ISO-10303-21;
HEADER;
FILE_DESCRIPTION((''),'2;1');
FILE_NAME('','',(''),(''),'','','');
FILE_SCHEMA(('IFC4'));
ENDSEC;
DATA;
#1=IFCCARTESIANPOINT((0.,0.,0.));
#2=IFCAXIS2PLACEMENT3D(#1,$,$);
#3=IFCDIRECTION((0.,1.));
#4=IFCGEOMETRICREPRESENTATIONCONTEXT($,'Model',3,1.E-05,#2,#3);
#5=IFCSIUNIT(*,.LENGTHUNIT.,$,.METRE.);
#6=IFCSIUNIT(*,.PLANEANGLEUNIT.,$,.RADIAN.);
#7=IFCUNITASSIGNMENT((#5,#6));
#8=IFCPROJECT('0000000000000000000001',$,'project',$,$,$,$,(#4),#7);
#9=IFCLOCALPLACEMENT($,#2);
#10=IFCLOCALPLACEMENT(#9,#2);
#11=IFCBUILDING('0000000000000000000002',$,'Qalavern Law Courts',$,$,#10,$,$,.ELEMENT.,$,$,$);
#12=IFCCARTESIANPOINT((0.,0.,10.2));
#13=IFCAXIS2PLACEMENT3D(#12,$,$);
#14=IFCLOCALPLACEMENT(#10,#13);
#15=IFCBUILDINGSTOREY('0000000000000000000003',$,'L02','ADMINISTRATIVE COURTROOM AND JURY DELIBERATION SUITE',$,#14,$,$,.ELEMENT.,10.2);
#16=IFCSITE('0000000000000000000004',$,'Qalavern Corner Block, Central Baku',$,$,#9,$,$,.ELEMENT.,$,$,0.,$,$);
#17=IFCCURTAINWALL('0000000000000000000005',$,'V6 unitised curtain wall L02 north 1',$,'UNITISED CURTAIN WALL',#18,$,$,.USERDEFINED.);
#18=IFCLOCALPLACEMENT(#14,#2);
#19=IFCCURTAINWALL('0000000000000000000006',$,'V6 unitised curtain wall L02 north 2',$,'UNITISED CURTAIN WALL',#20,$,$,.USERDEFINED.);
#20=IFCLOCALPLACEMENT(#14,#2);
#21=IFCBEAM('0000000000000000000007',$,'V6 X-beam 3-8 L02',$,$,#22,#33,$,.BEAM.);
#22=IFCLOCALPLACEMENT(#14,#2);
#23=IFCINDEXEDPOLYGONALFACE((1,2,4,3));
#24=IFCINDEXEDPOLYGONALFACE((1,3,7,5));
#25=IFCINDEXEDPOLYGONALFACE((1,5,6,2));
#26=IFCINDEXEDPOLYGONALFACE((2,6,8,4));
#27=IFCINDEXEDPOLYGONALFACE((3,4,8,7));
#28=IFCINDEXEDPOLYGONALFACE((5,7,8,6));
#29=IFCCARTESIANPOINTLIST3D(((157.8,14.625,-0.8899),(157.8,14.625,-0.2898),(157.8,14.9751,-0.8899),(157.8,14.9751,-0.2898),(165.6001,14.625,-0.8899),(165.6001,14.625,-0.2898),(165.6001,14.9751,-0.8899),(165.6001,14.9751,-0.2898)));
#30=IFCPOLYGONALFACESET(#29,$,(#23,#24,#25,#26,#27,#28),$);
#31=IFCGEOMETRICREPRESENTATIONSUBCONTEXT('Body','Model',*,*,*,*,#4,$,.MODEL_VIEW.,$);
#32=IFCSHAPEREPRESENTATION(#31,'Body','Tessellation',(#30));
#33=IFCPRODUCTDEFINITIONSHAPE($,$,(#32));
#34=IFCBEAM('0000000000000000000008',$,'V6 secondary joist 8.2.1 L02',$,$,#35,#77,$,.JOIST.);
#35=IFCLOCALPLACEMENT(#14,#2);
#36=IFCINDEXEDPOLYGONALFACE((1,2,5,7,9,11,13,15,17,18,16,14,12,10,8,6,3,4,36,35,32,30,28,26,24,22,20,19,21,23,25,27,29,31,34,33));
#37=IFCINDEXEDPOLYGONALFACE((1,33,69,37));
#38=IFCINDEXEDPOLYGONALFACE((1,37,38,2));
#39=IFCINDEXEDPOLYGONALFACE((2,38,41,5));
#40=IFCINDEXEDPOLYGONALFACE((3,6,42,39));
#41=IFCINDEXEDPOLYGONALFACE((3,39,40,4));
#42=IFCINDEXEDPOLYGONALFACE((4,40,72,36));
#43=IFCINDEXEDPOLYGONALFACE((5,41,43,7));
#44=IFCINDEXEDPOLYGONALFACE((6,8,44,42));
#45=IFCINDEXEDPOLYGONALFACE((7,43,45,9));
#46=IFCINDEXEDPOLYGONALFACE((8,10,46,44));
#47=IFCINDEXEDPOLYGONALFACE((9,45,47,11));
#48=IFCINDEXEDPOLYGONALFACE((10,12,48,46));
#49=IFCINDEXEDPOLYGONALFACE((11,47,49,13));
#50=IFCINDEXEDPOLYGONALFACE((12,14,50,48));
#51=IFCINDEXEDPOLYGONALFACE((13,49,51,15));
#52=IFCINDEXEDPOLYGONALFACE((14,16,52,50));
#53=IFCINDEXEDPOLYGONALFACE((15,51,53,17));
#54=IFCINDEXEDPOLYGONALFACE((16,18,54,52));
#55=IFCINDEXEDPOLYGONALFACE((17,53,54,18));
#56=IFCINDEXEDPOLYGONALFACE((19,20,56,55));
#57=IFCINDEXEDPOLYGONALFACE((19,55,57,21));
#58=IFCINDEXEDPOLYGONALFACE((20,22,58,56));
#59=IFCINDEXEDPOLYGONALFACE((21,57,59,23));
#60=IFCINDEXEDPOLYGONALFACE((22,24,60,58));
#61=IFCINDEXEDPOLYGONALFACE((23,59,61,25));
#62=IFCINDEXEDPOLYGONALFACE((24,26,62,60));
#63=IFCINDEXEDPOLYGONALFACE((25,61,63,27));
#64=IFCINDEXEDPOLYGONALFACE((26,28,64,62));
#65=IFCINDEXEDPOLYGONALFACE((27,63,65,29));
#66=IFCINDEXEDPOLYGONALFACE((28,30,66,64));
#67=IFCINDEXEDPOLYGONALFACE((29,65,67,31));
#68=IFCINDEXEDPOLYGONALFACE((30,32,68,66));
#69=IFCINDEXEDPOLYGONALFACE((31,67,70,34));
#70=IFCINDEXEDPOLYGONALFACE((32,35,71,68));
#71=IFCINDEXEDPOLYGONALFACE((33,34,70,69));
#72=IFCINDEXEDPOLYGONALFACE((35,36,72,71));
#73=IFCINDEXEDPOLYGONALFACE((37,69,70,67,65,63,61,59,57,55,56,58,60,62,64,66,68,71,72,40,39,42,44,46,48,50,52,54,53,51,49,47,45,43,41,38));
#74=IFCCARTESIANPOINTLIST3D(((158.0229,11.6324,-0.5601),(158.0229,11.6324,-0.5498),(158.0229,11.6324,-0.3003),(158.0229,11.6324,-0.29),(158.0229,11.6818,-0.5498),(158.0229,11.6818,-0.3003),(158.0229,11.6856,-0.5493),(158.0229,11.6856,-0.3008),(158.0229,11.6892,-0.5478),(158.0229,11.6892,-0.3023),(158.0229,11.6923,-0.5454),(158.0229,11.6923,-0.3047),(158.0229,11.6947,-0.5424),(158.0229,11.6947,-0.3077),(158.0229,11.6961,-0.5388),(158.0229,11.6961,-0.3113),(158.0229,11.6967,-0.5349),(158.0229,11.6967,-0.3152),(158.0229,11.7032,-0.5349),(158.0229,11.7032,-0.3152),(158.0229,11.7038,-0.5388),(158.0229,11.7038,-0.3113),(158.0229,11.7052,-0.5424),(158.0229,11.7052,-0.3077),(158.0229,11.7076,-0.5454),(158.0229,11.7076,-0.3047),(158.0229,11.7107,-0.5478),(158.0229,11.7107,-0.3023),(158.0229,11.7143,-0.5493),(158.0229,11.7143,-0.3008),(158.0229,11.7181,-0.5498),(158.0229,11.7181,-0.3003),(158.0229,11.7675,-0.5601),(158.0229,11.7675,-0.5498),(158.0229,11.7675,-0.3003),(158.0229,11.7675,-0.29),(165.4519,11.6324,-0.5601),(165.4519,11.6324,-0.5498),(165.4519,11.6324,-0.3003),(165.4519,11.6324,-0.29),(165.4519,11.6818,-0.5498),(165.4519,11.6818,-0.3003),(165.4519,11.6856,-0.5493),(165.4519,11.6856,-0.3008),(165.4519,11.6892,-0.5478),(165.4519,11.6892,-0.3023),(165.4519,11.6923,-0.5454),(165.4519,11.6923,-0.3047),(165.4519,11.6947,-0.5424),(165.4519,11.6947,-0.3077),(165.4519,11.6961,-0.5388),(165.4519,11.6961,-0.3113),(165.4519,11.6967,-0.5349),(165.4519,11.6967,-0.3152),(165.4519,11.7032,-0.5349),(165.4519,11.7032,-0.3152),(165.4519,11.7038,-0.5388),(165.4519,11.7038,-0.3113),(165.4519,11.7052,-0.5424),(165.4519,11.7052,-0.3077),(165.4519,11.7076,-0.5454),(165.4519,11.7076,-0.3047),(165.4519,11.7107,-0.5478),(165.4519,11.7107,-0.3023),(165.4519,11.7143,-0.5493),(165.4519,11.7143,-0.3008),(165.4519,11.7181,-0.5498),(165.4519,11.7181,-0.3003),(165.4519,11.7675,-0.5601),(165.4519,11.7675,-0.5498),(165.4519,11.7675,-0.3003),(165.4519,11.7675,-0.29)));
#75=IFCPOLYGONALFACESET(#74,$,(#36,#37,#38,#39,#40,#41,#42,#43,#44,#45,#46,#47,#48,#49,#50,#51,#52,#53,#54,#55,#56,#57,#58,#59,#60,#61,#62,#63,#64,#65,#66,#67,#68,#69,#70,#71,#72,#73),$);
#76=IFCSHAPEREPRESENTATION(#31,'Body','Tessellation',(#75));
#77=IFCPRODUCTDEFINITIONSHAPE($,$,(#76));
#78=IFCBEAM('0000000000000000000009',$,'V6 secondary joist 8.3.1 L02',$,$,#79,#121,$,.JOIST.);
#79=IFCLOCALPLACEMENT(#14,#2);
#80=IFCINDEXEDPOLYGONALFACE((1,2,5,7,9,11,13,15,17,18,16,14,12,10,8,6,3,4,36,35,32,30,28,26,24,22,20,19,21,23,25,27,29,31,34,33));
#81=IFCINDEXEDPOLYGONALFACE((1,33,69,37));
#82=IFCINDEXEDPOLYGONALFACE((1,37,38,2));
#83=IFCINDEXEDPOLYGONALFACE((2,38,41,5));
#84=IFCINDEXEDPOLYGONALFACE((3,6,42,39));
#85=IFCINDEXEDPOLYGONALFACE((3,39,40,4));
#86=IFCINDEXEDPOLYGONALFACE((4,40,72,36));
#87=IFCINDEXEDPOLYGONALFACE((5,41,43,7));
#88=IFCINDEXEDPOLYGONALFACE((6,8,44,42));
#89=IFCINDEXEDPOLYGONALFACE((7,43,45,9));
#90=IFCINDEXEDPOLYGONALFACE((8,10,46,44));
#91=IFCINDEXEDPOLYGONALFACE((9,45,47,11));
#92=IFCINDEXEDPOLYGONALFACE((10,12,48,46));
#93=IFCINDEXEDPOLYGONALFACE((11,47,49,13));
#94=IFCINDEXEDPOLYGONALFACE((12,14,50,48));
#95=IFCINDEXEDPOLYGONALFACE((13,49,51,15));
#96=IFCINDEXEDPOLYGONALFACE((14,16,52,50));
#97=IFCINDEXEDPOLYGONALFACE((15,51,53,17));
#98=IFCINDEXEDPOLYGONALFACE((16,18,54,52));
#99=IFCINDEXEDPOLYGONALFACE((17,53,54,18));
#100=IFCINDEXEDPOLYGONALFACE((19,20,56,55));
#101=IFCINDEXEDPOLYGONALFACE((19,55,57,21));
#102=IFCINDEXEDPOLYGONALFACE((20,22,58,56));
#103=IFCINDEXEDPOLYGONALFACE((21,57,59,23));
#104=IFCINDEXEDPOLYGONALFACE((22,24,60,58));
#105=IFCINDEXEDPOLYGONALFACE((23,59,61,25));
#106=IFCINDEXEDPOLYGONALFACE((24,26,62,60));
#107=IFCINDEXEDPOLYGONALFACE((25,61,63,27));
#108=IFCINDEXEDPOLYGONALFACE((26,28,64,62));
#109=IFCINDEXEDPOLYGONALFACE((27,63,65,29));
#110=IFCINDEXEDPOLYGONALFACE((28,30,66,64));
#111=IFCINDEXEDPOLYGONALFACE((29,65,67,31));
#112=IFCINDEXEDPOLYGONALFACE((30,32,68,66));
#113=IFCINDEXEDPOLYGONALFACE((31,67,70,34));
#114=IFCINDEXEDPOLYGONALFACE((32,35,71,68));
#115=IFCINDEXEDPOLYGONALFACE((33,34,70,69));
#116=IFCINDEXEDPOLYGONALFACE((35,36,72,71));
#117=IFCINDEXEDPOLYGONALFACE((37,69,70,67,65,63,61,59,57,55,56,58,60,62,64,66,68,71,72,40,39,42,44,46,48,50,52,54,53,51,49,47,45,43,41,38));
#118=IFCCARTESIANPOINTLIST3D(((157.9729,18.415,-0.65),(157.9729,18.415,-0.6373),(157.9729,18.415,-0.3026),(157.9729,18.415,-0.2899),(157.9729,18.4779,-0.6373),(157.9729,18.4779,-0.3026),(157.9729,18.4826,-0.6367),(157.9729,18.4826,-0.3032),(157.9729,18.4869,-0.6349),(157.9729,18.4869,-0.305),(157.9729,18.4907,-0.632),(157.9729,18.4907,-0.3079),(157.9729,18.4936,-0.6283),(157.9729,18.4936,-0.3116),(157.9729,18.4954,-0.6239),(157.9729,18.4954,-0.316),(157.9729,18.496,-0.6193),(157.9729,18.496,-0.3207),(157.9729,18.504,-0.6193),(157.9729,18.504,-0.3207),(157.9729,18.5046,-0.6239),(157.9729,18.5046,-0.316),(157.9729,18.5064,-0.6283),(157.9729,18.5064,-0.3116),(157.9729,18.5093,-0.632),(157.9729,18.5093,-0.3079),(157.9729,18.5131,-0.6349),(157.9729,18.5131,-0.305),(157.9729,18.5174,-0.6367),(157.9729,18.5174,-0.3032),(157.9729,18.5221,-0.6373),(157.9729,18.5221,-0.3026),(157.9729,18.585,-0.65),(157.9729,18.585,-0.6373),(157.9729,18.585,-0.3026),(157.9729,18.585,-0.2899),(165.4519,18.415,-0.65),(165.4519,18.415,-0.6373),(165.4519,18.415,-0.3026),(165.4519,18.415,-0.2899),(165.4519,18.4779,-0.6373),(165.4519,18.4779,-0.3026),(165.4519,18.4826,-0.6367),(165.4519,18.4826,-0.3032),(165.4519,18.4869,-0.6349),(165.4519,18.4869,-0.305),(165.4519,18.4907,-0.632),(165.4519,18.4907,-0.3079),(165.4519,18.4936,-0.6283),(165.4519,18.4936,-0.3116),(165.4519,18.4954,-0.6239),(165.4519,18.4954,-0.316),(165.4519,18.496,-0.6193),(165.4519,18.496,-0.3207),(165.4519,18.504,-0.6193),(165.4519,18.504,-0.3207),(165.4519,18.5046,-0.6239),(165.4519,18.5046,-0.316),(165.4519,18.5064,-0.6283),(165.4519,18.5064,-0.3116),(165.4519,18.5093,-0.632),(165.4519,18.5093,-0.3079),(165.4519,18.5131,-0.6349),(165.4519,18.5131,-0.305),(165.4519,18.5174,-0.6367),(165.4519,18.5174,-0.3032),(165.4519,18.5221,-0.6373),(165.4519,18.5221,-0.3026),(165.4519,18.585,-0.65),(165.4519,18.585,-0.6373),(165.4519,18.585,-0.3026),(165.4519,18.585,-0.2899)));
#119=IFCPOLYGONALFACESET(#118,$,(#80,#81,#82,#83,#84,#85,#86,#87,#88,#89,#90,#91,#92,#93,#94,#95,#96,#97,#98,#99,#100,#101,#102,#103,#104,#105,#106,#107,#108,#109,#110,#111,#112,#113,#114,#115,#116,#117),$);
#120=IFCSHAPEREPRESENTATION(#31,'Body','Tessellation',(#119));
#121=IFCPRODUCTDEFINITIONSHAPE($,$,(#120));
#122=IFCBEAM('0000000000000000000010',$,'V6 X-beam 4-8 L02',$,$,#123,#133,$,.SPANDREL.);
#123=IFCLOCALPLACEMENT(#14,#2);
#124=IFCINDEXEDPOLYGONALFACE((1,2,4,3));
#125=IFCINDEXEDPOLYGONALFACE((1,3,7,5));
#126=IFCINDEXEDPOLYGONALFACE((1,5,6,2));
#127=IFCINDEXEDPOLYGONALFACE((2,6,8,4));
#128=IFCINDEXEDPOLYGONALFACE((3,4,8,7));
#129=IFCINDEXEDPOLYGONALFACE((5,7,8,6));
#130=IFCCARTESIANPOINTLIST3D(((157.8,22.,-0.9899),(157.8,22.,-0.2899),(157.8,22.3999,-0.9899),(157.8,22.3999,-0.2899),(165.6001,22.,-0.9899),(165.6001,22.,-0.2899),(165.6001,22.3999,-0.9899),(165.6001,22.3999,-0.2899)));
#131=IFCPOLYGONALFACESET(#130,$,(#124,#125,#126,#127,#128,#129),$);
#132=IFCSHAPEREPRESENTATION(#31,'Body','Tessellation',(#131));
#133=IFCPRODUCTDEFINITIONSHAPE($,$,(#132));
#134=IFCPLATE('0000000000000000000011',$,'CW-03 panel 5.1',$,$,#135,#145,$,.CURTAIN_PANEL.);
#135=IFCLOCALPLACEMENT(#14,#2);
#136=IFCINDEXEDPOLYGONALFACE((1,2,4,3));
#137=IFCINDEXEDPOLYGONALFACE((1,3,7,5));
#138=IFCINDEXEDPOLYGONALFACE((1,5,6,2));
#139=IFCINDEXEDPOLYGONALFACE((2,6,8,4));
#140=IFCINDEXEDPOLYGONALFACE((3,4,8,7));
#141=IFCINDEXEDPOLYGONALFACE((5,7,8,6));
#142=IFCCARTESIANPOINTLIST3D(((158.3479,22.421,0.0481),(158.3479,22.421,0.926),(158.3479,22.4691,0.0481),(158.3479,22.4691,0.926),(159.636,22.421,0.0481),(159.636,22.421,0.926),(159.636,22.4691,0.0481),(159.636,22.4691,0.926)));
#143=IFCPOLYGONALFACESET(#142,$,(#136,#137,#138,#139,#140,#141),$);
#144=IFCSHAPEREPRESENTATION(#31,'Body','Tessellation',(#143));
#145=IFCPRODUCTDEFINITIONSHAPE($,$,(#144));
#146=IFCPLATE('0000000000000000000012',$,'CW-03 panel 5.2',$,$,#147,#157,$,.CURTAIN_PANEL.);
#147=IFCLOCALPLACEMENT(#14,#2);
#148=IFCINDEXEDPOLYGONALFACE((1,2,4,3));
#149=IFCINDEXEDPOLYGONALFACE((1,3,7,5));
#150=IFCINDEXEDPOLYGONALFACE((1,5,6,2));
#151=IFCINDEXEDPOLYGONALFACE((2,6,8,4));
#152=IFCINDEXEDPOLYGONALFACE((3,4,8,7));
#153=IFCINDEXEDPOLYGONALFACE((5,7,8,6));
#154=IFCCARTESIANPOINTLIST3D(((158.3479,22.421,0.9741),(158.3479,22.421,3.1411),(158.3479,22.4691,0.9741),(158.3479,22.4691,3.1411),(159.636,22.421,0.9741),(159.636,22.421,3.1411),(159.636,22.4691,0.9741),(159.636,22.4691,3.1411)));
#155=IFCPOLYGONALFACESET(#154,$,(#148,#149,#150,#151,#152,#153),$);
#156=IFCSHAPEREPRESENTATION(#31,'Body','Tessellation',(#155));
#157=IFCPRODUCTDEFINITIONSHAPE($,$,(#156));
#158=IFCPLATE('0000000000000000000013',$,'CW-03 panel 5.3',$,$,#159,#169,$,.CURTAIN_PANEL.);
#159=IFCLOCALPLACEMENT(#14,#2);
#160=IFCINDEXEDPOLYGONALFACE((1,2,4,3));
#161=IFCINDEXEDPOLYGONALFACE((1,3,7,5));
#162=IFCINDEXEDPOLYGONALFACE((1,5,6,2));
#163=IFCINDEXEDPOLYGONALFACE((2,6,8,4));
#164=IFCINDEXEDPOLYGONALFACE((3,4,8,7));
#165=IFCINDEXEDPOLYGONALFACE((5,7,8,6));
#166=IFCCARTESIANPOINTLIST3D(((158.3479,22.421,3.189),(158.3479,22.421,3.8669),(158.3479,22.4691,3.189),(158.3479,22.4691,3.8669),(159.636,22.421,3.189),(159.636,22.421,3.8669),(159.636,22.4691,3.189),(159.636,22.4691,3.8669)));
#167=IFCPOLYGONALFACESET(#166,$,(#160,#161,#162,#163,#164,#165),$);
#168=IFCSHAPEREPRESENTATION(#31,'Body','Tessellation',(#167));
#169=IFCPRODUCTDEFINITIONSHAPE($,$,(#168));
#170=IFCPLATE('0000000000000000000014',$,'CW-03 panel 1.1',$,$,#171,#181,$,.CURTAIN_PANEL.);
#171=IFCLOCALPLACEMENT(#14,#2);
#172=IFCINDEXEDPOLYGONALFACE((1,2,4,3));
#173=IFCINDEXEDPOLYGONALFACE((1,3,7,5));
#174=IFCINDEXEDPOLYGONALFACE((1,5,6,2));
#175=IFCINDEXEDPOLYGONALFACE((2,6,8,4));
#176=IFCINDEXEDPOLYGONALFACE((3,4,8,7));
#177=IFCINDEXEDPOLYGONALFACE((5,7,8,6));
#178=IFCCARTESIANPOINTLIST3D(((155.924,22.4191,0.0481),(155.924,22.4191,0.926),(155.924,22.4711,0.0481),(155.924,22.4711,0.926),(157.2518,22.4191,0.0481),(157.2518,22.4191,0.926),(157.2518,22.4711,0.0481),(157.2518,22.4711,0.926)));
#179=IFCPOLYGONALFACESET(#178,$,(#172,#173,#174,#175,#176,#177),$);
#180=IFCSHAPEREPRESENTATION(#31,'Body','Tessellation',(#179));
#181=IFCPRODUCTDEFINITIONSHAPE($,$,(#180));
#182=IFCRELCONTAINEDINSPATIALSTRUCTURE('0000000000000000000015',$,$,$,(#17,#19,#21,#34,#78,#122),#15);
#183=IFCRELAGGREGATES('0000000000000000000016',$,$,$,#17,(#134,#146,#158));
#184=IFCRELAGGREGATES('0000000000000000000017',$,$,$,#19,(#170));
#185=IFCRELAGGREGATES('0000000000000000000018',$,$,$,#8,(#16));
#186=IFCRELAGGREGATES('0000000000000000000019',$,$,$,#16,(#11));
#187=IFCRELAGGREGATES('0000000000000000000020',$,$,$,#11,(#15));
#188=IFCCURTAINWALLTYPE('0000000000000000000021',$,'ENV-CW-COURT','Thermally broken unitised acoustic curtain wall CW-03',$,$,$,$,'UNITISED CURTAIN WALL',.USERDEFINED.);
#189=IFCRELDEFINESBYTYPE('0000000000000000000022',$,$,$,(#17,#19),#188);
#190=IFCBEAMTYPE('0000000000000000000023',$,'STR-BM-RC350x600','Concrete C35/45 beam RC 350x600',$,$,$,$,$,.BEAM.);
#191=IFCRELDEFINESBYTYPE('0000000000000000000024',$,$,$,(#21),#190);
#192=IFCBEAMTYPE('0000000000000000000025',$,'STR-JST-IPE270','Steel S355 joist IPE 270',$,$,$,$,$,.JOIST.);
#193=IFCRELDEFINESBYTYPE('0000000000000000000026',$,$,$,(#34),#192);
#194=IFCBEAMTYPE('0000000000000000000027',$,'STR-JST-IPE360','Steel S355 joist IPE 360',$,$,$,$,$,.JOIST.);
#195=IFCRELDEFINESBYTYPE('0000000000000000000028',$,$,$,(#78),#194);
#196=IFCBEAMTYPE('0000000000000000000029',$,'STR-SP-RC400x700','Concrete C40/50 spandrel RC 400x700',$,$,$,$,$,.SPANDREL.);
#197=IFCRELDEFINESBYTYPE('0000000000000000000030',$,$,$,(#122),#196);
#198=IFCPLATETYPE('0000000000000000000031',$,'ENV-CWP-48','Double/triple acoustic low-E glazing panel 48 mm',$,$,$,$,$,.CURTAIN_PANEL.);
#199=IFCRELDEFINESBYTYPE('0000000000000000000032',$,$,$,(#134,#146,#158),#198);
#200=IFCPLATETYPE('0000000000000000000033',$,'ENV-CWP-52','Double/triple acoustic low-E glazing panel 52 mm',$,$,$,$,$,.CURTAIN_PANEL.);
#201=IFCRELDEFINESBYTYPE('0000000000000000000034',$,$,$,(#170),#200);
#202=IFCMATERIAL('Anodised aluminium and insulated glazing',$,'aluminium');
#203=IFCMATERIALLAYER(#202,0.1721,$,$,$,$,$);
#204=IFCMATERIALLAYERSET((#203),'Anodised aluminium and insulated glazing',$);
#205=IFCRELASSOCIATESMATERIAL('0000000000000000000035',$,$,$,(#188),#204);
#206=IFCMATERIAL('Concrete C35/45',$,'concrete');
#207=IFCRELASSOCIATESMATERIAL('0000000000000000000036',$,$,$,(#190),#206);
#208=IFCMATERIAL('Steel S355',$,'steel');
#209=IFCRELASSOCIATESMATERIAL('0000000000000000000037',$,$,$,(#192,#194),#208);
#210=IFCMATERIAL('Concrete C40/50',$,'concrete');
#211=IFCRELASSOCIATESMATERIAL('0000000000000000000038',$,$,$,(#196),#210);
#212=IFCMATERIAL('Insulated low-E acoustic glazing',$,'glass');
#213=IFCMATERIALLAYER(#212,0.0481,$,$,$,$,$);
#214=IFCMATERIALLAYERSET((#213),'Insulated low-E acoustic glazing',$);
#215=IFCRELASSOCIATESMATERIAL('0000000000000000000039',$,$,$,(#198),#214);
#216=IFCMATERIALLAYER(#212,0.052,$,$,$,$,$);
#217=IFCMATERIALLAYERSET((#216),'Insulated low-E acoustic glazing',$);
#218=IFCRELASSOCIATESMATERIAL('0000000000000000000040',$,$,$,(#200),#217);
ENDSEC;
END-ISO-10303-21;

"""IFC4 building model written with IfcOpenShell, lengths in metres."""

from ifc_helpers import new_model, si_unit, direction, frame, origin, origin_2d, place, context, subcontext, project, spatial, rectangle, i_section, extrude, material, layer, layer_set, material_profile, profile_set, type_object, element, aggregate, save


model = new_model("IFC4")

# Units and contexts
model_context = context("Model", 3, precision=1e-05, world=origin(), true_north=direction((0.0, 1.0)))
body_context = subcontext(model_context, "Body", "Model", "MODEL_VIEW")
ifc_project = project(units=[si_unit("LENGTHUNIT", "METRE"), si_unit("PLANEANGLEUNIT", "RADIAN")], contexts=[model_context])

# Site, building, storey
site_placement = place(None, origin())
site = spatial("IfcSite", under=ifc_project, at=site_placement, Name="Qalavern Corner Block, Central Baku", CompositionType="ELEMENT", RefElevation=0.0)
building_placement = place(site_placement, origin())
building = spatial("IfcBuilding", under=site, at=building_placement, Name="Qalavern Law Courts", CompositionType="ELEMENT")
storey_placement = place(building_placement, frame((0.0, 0.0, 10.2)))
storey = spatial("IfcBuildingStorey", under=building, at=storey_placement, Name="L02", Description="ADMINISTRATIVE COURTROOM AND JURY DELIBERATION SUITE", CompositionType="ELEMENT", Elevation=10.2)

# Curtain walls
ifc_material_1 = material(Name="Anodised aluminium and insulated glazing", Category="aluminium")
ifc_layer_1 = layer(ifc_material_1, 0.1721)
ifc_layer_set_1 = layer_set([ifc_layer_1], Name="Anodised aluminium and insulated glazing")
curtain_wall_type = type_object("IfcCurtainWallType", Name="ENV-CW-COURT", Description="Thermally broken unitised acoustic curtain wall CW-03", ElementType="UNITISED CURTAIN WALL", PredefinedType="USERDEFINED", material=ifc_layer_set_1)
curtain_wall_1_placement = place(storey_placement, origin())
curtain_wall_1 = element("IfcCurtainWall", 1, at=curtain_wall_1_placement, inside=storey, type_object=curtain_wall_type, Name="V6 unitised curtain wall L02 north 1", ObjectType="UNITISED CURTAIN WALL", PredefinedType="USERDEFINED")
curtain_wall_2_placement = place(storey_placement, origin())
curtain_wall_2 = element("IfcCurtainWall", 2, at=curtain_wall_2_placement, inside=storey, type_object=curtain_wall_type, Name="V6 unitised curtain wall L02 north 2", ObjectType="UNITISED CURTAIN WALL", PredefinedType="USERDEFINED")

# Beams
ifc_material_2 = material(Name="Concrete C35/45", Category="concrete")
ifc_material_profile_1 = material_profile(ifc_material_2, rectangle(XDim=0.3501, YDim=0.6001, at=origin_2d()), Name="RC 350x600")
ifc_profile_set_1 = profile_set([ifc_material_profile_1], Name="Concrete C35/45")
beam_type_1 = type_object("IfcBeamType", Name="STR-BM-RC350x600", Description="Concrete C35/45 beam RC 350x600", PredefinedType="BEAM", material=ifc_profile_set_1)
beam_1_placement = place(storey_placement, frame((157.8, 14.8, -0.5898), z_axis=(1.0, 0.0, 0.0), x_axis=(0.0, 1.0, 0.0)))
element("IfcBeam", 3, at=beam_1_placement, inside=storey, type_object=beam_type_1, Name="V6 X-beam 3-8 L02", PredefinedType="BEAM", context=body_context, shape_type="SweptSolid", body=[
    extrude(rectangle(XDim=0.3501, YDim=0.6001, at=origin_2d()), origin(), (0.0, 0.0, 1.0), 7.8),
])
ifc_material_3 = material(Name="Steel S355", Category="steel")
ifc_material_profile_2 = material_profile(ifc_material_3, i_section(OverallWidth=0.135, OverallDepth=0.27, WebThickness=0.0066, FlangeThickness=0.0103, FilletRadius=0.0149, at=origin_2d()), Name="IPE 270")
ifc_profile_set_2 = profile_set([ifc_material_profile_2], Name="Steel S355")
beam_type_2 = type_object("IfcBeamType", Name="STR-JST-IPE270", Description="Steel S355 joist IPE 270", PredefinedType="JOIST", material=ifc_profile_set_2)
beam_2_placement = place(storey_placement, frame((158.0229, 11.7, -0.425), z_axis=(1.0, 0.0, 0.0), x_axis=(0.0, 1.0, 0.0)))
element("IfcBeam", 4, at=beam_2_placement, inside=storey, type_object=beam_type_2, Name="V6 secondary joist 8.2.1 L02", PredefinedType="JOIST", context=body_context, shape_type="SweptSolid", body=[
    extrude(i_section(OverallWidth=0.135, OverallDepth=0.27, WebThickness=0.0066, FlangeThickness=0.0103, FilletRadius=0.0149, at=origin_2d()), origin(), (0.0, 0.0, 1.0), 7.429),
])
ifc_material_profile_3 = material_profile(ifc_material_3, i_section(OverallWidth=0.1699, OverallDepth=0.3601, WebThickness=0.0081, FlangeThickness=0.0127, FilletRadius=0.0181, at=origin_2d()), Name="IPE 360")
ifc_profile_set_3 = profile_set([ifc_material_profile_3], Name="Steel S355")
beam_type_3 = type_object("IfcBeamType", Name="STR-JST-IPE360", Description="Steel S355 joist IPE 360", PredefinedType="JOIST", material=ifc_profile_set_3)
beam_3_placement = place(storey_placement, frame((157.9729, 18.5, -0.47), z_axis=(1.0, 0.0, 0.0), x_axis=(0.0, 1.0, 0.0)))
element("IfcBeam", 5, at=beam_3_placement, inside=storey, type_object=beam_type_3, Name="V6 secondary joist 8.3.1 L02", PredefinedType="JOIST", context=body_context, shape_type="SweptSolid", body=[
    extrude(i_section(OverallWidth=0.1699, OverallDepth=0.3601, WebThickness=0.0081, FlangeThickness=0.0127, FilletRadius=0.0181, at=origin_2d()), origin(), (0.0, 0.0, 1.0), 7.479),
])
ifc_material_4 = material(Name="Concrete C40/50", Category="concrete")
ifc_material_profile_4 = material_profile(ifc_material_4, rectangle(XDim=0.3999, YDim=0.7, at=origin_2d()), Name="RC 400x700")
ifc_profile_set_4 = profile_set([ifc_material_profile_4], Name="Concrete C40/50")
beam_type_4 = type_object("IfcBeamType", Name="STR-SP-RC400x700", Description="Concrete C40/50 spandrel RC 400x700", PredefinedType="SPANDREL", material=ifc_profile_set_4)
beam_4_placement = place(storey_placement, frame((157.8, 22.2, -0.6399), z_axis=(1.0, 0.0, 0.0), x_axis=(0.0, 1.0, 0.0)))
element("IfcBeam", 6, at=beam_4_placement, inside=storey, type_object=beam_type_4, Name="V6 X-beam 4-8 L02", PredefinedType="SPANDREL", context=body_context, shape_type="SweptSolid", body=[
    extrude(rectangle(XDim=0.3999, YDim=0.7, at=origin_2d()), origin(), (0.0, 0.0, 1.0), 7.8),
])

# Plates
ifc_material_5 = material(Name="Insulated low-E acoustic glazing", Category="glass")
ifc_layer_2 = layer(ifc_material_5, 0.0481)
ifc_layer_set_2 = layer_set([ifc_layer_2], Name="Insulated low-E acoustic glazing")
plate_type_1 = type_object("IfcPlateType", Name="ENV-CWP-48", Description="Double/triple acoustic low-E glazing panel 48 mm", PredefinedType="CURTAIN_PANEL", material=ifc_layer_set_2)
plate_1_placement = place(storey_placement, frame((158.9919, 22.4451, 0.0481), z_axis=(0.0, 0.0, 1.0), x_axis=(-1.0, 0.0, 0.0)))
plate_1 = element("IfcPlate", 7, at=plate_1_placement, type_object=plate_type_1, Name="CW-03 panel 5.1", PredefinedType="CURTAIN_PANEL", context=body_context, shape_type="SweptSolid", body=[
    extrude(rectangle(XDim=1.2881, YDim=0.0481, at=origin_2d()), origin(), (0.0, 0.0, 1.0), 0.8779),
])
plate_2_placement = place(storey_placement, frame((158.9919, 22.4451, 0.9741), z_axis=(0.0, 0.0, 1.0), x_axis=(-1.0, 0.0, 0.0)))
plate_2 = element("IfcPlate", 8, at=plate_2_placement, type_object=plate_type_1, Name="CW-03 panel 5.2", PredefinedType="CURTAIN_PANEL", context=body_context, shape_type="SweptSolid", body=[
    extrude(rectangle(XDim=1.2881, YDim=0.0481, at=origin_2d()), origin(), (0.0, 0.0, 1.0), 2.167),
])
plate_3_placement = place(storey_placement, frame((158.9919, 22.4451, 3.189), z_axis=(0.0, 0.0, 1.0), x_axis=(-1.0, 0.0, 0.0)))
plate_3 = element("IfcPlate", 9, at=plate_3_placement, type_object=plate_type_1, Name="CW-03 panel 5.3", PredefinedType="CURTAIN_PANEL", context=body_context, shape_type="SweptSolid", body=[
    extrude(rectangle(XDim=1.2881, YDim=0.0481, at=origin_2d()), origin(), (0.0, 0.0, 1.0), 0.678),
])
aggregate(curtain_wall_1, [plate_1, plate_2, plate_3])
ifc_layer_3 = layer(ifc_material_5, 0.052)
ifc_layer_set_3 = layer_set([ifc_layer_3], Name="Insulated low-E acoustic glazing")
plate_type_2 = type_object("IfcPlateType", Name="ENV-CWP-52", Description="Double/triple acoustic low-E glazing panel 52 mm", PredefinedType="CURTAIN_PANEL", material=ifc_layer_set_3)
plate_4_placement = place(storey_placement, frame((156.5879, 22.4451, 0.0481), z_axis=(0.0, 0.0, 1.0), x_axis=(-1.0, 0.0, 0.0)))
plate_4 = element("IfcPlate", 10, at=plate_4_placement, type_object=plate_type_2, Name="CW-03 panel 1.1", PredefinedType="CURTAIN_PANEL", context=body_context, shape_type="SweptSolid", body=[
    extrude(rectangle(XDim=1.3279, YDim=0.052, at=origin_2d()), origin(), (0.0, 0.0, 1.0), 0.8779),
])
aggregate(curtain_wall_2, [plate_4])

save(model, "model.ifc")
